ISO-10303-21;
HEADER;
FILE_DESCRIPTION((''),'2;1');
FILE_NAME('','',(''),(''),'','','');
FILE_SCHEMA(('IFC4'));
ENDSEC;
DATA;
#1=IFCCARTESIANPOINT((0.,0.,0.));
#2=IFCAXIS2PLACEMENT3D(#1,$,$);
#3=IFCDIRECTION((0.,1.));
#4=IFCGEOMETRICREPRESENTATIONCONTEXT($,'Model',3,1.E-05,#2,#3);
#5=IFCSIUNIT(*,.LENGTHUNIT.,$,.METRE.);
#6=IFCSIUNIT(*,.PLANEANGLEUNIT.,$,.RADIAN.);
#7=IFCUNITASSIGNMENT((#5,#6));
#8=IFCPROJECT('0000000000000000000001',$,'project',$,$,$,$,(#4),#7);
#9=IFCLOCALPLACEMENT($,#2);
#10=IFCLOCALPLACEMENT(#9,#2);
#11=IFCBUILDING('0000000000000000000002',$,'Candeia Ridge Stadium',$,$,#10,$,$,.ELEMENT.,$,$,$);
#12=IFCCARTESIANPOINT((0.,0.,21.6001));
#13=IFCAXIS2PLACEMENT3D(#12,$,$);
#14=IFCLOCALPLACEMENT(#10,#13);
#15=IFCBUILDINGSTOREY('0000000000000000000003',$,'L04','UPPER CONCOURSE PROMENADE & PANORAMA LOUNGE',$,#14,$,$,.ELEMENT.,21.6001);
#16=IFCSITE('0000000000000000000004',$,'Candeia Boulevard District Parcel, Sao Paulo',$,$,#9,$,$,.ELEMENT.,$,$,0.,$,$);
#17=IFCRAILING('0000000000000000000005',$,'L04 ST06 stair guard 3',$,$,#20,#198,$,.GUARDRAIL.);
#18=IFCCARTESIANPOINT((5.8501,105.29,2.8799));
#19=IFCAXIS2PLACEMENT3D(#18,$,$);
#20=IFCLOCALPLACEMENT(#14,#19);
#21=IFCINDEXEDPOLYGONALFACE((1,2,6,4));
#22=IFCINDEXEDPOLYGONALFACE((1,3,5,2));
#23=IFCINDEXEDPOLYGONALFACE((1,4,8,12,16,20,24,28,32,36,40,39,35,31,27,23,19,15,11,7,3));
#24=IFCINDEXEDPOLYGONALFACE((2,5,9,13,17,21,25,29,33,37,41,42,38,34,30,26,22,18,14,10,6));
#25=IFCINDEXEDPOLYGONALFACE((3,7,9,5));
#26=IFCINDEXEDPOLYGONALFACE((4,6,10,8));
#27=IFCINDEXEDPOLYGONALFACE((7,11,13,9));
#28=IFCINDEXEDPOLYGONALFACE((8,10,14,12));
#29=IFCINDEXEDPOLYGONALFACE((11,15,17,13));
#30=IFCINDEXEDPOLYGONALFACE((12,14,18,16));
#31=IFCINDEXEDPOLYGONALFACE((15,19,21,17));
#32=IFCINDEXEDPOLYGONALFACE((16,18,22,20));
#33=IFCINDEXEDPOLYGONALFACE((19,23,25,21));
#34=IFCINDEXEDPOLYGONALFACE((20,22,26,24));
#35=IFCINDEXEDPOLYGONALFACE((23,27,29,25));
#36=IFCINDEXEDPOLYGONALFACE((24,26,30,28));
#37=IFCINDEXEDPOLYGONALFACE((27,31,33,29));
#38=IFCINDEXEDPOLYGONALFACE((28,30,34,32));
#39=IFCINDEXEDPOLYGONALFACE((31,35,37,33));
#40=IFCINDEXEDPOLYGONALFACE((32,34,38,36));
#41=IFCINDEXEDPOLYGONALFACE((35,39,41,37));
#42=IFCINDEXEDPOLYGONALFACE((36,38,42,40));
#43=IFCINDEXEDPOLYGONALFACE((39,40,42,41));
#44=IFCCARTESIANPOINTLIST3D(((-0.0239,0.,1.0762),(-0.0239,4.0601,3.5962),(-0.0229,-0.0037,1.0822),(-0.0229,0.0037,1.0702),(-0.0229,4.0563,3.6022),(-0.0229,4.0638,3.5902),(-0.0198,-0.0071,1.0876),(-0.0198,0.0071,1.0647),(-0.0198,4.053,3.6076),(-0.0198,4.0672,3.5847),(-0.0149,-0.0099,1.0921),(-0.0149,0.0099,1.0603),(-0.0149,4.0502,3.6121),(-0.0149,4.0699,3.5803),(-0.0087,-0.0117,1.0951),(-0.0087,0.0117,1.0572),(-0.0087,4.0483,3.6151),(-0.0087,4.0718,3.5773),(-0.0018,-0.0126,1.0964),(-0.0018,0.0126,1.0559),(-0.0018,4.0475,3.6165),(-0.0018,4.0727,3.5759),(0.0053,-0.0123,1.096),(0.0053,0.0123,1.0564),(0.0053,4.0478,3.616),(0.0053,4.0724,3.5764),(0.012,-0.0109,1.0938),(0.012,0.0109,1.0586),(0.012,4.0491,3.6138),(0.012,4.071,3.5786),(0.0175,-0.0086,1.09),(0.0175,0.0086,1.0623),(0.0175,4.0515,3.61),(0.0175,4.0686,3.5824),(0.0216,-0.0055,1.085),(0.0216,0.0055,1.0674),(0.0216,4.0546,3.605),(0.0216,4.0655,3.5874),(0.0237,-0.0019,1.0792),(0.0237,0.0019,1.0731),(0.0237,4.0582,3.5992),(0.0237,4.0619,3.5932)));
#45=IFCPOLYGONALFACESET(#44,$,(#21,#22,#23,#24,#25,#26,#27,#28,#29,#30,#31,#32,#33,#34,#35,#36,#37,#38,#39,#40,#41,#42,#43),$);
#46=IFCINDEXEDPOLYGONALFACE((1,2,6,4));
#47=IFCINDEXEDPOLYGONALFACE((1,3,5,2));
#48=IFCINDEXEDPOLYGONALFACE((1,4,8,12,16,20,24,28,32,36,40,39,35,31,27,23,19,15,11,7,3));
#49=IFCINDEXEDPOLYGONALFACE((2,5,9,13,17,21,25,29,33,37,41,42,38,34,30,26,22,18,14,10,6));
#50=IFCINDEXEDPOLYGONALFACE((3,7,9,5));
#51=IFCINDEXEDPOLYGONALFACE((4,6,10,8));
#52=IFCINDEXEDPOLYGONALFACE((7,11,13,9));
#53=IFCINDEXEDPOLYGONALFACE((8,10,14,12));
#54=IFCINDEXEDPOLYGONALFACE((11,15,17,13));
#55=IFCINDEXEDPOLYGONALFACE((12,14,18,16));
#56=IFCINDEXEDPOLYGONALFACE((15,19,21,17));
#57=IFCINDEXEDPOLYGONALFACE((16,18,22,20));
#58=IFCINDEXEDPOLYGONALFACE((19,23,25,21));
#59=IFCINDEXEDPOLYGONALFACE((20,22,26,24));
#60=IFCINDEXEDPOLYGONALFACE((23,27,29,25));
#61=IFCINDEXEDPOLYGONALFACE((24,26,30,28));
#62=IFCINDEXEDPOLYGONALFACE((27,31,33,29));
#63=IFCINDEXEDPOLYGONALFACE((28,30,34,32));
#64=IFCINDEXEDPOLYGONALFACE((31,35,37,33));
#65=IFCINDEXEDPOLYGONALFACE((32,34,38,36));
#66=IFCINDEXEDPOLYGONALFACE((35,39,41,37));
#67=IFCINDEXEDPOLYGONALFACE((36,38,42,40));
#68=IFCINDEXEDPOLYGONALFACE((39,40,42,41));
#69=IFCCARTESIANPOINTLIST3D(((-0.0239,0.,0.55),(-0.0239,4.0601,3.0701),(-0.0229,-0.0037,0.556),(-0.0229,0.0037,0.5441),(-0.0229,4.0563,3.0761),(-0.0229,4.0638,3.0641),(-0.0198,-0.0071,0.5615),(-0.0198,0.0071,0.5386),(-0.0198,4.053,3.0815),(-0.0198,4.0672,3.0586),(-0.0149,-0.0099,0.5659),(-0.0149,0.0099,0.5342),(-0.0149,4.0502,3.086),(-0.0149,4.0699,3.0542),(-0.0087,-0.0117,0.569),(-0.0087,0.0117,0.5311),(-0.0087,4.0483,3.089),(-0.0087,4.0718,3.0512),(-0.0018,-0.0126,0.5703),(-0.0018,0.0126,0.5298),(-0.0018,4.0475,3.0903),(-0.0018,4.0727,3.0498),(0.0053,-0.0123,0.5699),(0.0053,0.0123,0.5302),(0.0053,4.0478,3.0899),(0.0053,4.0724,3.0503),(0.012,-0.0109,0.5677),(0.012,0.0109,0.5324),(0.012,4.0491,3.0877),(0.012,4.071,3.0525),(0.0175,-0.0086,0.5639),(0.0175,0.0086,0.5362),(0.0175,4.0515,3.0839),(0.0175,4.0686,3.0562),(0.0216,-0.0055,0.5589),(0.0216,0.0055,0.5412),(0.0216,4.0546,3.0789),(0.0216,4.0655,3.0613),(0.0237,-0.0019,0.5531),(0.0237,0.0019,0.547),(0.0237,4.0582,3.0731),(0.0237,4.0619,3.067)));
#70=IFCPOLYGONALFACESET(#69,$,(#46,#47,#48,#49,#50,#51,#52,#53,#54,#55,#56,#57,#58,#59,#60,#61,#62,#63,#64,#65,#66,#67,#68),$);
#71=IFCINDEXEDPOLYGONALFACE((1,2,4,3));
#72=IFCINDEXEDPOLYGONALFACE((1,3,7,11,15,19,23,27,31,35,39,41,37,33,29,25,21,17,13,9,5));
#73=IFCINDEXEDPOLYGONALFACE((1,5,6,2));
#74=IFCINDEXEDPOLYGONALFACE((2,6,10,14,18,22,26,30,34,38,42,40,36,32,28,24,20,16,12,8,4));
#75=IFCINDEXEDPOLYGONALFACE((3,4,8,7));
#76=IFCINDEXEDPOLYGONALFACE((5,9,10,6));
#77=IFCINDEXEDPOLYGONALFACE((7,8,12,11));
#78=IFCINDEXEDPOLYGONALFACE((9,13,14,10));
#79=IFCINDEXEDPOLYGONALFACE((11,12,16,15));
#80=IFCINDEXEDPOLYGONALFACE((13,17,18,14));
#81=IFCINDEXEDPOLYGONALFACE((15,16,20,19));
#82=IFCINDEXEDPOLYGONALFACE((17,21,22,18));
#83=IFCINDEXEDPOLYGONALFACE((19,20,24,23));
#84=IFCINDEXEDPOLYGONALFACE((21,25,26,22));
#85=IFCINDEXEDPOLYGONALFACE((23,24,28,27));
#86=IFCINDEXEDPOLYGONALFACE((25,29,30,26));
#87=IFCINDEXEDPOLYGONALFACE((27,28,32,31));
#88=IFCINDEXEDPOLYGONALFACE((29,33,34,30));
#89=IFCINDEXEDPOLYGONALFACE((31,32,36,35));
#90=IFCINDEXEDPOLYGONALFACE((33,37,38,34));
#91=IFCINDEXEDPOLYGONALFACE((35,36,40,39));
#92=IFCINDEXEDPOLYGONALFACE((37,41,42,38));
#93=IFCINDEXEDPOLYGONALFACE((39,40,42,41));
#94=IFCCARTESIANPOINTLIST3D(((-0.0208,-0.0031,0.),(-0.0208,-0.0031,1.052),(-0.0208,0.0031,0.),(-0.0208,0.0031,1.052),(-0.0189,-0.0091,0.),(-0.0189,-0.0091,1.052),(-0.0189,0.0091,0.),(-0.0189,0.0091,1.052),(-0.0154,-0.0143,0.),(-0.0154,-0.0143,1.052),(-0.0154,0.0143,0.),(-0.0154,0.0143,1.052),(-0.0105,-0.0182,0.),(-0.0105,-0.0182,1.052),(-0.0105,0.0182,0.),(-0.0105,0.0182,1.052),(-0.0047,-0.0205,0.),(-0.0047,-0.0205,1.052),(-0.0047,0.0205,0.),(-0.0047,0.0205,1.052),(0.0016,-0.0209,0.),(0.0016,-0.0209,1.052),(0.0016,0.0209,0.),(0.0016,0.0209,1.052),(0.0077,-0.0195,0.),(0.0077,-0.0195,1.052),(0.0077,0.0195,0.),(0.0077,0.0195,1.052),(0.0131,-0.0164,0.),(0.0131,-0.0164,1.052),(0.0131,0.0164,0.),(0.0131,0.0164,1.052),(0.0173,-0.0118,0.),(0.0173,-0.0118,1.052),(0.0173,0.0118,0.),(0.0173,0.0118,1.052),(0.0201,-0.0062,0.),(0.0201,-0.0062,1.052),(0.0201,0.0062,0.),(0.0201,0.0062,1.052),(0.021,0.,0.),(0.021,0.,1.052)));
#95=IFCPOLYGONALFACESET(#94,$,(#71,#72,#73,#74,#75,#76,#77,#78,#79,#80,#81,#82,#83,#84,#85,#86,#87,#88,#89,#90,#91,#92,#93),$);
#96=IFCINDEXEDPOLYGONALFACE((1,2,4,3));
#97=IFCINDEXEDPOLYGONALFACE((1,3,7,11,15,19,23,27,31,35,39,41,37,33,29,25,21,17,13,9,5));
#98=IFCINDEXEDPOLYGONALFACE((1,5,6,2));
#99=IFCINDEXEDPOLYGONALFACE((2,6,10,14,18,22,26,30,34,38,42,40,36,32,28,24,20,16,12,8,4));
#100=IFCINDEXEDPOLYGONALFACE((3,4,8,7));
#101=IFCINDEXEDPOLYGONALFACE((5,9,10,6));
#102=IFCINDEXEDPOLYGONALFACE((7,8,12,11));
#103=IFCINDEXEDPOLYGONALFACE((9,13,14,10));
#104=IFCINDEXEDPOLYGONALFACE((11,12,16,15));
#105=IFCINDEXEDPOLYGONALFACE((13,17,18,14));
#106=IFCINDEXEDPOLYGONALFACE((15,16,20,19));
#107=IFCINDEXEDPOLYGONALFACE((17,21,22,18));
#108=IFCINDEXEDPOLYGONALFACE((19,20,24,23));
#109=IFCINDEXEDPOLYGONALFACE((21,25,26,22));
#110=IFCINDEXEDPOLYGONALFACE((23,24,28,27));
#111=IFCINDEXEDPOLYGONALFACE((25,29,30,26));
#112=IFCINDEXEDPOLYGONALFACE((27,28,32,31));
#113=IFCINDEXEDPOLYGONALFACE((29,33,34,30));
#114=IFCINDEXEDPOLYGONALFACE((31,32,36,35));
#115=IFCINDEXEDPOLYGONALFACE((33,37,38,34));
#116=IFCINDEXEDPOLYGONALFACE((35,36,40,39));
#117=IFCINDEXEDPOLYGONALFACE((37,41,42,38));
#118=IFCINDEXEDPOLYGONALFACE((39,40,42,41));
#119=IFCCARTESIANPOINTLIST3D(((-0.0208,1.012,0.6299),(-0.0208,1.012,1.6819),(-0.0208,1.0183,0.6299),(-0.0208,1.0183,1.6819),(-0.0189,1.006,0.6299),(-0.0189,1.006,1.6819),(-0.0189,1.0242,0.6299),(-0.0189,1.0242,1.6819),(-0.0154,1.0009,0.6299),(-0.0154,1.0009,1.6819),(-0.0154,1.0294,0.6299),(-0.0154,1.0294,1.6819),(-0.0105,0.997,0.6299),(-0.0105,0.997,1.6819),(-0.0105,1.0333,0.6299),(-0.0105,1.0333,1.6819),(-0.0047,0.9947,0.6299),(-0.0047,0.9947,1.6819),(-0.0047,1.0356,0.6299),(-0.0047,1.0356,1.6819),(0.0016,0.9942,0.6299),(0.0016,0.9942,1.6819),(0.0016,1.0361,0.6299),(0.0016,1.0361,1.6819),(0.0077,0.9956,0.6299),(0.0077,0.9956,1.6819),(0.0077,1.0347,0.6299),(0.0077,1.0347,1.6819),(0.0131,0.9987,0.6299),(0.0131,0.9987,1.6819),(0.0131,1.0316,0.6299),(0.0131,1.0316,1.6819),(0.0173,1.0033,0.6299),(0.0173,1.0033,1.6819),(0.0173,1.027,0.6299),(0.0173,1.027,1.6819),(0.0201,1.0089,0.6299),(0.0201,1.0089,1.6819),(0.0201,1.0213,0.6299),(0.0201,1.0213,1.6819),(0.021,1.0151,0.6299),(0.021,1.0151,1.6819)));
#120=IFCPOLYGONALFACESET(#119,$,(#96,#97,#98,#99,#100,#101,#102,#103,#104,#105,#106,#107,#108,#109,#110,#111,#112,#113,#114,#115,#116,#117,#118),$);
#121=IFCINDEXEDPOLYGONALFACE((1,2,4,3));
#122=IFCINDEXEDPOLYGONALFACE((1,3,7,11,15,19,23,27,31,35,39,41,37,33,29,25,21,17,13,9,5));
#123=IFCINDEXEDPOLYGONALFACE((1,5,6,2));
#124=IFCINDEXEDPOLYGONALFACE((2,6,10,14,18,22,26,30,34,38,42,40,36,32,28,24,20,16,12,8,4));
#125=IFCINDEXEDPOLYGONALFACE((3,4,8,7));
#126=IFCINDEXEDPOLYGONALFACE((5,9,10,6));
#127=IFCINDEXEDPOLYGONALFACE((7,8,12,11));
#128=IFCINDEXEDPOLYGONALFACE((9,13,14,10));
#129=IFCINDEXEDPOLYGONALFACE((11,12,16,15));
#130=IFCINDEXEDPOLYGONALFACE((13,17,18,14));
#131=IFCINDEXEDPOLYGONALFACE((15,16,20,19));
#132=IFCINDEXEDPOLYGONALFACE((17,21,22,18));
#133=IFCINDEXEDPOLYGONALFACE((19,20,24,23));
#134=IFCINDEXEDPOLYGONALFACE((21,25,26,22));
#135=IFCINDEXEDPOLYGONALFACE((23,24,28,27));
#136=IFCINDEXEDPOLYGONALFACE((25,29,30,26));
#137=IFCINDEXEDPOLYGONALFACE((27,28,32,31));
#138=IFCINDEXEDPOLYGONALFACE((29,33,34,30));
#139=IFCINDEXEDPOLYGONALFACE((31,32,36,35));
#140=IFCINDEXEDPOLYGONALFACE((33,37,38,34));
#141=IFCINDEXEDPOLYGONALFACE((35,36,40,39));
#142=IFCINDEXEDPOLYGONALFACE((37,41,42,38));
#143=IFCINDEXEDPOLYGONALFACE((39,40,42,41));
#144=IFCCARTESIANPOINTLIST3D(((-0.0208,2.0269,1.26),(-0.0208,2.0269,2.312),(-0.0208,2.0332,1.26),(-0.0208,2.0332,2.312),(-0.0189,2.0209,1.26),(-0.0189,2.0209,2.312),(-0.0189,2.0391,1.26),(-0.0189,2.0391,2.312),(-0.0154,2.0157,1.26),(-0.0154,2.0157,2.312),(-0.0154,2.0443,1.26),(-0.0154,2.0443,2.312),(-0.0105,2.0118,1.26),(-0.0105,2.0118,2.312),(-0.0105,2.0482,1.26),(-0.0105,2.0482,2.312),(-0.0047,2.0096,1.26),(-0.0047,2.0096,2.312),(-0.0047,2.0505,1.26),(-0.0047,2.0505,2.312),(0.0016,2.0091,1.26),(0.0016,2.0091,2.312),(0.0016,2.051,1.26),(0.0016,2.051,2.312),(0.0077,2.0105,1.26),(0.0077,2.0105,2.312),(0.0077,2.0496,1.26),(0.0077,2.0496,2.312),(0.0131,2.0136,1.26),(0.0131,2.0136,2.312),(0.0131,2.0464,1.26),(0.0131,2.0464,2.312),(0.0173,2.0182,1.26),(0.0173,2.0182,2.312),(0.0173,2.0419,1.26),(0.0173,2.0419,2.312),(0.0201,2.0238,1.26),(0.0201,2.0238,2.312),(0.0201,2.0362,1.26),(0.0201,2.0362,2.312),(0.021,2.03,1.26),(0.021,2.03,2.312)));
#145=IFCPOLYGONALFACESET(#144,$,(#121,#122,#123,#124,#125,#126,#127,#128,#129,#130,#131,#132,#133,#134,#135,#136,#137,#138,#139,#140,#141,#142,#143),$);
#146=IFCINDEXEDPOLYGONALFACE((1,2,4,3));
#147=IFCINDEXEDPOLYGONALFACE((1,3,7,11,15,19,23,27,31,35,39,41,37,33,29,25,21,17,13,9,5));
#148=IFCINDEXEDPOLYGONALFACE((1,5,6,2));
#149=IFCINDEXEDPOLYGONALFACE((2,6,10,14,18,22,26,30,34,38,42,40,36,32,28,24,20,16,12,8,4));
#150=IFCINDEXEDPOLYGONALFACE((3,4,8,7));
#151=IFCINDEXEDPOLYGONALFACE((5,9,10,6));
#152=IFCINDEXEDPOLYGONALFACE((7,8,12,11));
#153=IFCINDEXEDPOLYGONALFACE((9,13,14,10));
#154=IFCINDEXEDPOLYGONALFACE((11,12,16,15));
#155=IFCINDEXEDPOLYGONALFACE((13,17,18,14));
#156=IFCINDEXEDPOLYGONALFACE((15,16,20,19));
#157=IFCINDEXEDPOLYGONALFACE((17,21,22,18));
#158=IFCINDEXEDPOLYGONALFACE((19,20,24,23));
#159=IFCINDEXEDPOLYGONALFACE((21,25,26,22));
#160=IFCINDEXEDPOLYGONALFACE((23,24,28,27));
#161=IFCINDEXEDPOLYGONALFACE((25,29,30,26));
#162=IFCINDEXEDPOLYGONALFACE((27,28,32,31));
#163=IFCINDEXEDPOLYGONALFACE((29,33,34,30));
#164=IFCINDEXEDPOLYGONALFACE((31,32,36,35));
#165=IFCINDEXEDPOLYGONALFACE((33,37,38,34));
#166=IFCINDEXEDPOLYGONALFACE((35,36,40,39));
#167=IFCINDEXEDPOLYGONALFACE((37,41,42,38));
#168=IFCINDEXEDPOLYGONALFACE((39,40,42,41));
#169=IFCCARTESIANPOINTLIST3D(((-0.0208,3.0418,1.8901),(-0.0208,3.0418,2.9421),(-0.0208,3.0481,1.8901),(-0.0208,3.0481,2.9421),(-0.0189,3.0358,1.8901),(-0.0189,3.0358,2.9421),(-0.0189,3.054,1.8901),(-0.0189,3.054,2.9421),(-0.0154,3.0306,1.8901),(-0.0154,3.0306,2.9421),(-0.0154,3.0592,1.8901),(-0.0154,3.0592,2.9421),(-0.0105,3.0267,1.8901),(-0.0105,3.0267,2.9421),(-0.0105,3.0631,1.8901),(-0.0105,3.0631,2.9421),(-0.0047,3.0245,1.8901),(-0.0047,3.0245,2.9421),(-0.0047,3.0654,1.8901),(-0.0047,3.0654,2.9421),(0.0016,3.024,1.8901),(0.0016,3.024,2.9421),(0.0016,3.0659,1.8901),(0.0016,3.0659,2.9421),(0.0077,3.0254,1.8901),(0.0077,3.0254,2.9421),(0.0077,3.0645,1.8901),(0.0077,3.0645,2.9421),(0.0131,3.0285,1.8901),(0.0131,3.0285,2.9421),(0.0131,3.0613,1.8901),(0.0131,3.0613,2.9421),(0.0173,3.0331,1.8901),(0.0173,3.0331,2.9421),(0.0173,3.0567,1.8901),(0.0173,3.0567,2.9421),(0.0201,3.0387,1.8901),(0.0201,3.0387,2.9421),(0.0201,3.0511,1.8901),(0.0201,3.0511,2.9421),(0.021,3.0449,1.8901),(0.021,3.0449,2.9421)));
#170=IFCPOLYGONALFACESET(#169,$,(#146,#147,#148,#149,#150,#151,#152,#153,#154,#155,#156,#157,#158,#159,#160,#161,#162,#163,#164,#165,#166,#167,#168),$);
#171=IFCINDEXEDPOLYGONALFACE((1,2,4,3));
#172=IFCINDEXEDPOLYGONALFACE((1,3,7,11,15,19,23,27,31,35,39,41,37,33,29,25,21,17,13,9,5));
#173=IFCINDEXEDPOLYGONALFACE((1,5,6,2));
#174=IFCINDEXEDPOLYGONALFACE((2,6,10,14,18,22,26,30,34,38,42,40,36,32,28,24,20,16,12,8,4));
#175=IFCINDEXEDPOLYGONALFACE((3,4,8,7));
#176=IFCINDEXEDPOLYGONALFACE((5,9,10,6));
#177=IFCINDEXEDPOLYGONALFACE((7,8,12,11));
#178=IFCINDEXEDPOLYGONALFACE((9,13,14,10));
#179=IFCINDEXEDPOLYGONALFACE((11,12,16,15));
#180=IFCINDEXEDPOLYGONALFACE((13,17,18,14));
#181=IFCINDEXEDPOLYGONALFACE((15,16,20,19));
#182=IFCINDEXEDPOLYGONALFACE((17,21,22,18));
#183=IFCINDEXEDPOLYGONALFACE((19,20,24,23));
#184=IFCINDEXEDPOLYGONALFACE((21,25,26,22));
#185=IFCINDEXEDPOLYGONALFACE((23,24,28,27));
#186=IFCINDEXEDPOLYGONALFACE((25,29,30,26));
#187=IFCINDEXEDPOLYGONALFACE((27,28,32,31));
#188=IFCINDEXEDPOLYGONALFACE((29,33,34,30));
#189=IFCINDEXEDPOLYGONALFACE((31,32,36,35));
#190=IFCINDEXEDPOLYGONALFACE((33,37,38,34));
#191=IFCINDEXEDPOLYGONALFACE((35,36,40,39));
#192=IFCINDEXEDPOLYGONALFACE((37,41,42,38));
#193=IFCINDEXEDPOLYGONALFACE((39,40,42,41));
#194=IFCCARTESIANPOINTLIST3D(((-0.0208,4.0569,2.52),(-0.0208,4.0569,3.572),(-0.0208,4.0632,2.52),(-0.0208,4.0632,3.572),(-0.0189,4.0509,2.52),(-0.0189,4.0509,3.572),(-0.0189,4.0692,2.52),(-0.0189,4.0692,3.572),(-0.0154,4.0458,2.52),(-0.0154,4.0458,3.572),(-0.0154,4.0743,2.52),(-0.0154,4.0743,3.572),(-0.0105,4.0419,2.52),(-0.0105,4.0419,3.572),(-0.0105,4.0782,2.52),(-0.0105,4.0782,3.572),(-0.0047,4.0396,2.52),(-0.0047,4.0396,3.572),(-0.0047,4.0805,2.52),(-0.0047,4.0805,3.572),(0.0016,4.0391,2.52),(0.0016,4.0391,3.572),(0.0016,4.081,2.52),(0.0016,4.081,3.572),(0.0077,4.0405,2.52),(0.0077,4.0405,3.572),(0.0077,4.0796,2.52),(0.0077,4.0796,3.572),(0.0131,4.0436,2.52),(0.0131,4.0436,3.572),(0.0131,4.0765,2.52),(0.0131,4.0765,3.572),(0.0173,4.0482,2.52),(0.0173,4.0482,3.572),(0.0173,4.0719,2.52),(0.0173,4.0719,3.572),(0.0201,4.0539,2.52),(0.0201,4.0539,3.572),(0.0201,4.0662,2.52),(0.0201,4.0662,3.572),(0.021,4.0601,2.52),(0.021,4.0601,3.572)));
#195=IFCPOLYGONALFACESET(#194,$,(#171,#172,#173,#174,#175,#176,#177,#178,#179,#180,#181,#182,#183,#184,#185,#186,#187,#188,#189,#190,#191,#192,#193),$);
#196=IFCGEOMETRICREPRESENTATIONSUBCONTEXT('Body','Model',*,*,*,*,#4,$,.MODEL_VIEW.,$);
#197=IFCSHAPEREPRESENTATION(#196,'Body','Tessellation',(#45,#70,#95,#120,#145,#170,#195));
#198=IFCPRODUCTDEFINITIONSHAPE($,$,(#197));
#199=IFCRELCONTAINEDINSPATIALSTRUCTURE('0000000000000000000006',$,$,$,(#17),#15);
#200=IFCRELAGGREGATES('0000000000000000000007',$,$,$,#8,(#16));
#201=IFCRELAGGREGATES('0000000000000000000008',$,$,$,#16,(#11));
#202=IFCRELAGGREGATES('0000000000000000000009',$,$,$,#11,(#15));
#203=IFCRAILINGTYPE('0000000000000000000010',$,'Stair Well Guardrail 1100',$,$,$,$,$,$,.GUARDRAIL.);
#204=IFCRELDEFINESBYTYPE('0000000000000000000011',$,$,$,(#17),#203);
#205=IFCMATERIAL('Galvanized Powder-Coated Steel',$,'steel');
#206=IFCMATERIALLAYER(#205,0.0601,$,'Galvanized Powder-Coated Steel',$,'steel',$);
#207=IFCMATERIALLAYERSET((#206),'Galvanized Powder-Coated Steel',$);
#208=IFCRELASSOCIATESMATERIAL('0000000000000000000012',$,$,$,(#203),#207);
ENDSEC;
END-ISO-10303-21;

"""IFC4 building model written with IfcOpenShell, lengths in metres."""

from ifc_helpers import new_model, si_unit, direction, frame, origin, origin_2d, place, context, subcontext, project, spatial, circle, extrude, material, layer, layer_set, type_object, element, save


model = new_model("IFC4")

# Units and contexts
model_context = context("Model", 3, precision=1e-05, world=origin(), true_north=direction((0.0, 1.0)))
body_context = subcontext(model_context, "Body", "Model", "MODEL_VIEW")
ifc_project = project(units=[si_unit("LENGTHUNIT", "METRE"), si_unit("PLANEANGLEUNIT", "RADIAN")], contexts=[model_context])

# Site, building, storey
site_placement = place(None, origin())
site = spatial("IfcSite", under=ifc_project, at=site_placement, Name="Candeia Boulevard District Parcel, Sao Paulo", CompositionType="ELEMENT", RefElevation=0.0)
building_placement = place(site_placement, origin())
building = spatial("IfcBuilding", under=site, at=building_placement, Name="Candeia Ridge Stadium", CompositionType="ELEMENT")
storey_placement = place(building_placement, frame((0.0, 0.0, 21.6001)))
storey = spatial("IfcBuildingStorey", under=building, at=storey_placement, Name="L04", Description="UPPER CONCOURSE PROMENADE & PANORAMA LOUNGE", CompositionType="ELEMENT", Elevation=21.6001)

# Railing
ifc_material_1 = material(Name="Galvanized Powder-Coated Steel", Category="steel")
ifc_layer_1 = layer(ifc_material_1, 0.0601, Name="Galvanized Powder-Coated Steel", Category="steel")
ifc_layer_set_1 = layer_set([ifc_layer_1], Name="Galvanized Powder-Coated Steel")
railing_type_1 = type_object("IfcRailingType", Name="Stair Well Guardrail 1100", PredefinedType="GUARDRAIL", material=ifc_layer_set_1)
railing_1_placement = place(storey_placement, frame((5.8501, 105.29, 2.8799)))
element("IfcRailing", 1, at=railing_1_placement, inside=storey, type_object=railing_type_1, Name="L04 ST06 stair guard 3", PredefinedType="GUARDRAIL", context=body_context, shape_type="SweptSolid", body=[
    extrude(circle(Radius=0.0239, at=origin_2d()), frame((0.0, 0.0, 1.0762), z_axis=(0.0, 0.849642, 0.52736), x_axis=(-1.0, 0.0, 0.0)), (0.0, 0.0, 1.0), 4.7786),
    extrude(circle(Radius=0.0239, at=origin_2d()), frame((0.0, 0.0, 0.55), z_axis=(0.0, 0.849642, 0.52736), x_axis=(-1.0, 0.0, 0.0)), (0.0, 0.0, 1.0), 4.7786),
    extrude(circle(Radius=0.021, at=origin_2d()), origin(), (0.0, 0.0, 1.0), 1.052),
    extrude(circle(Radius=0.021, at=origin_2d()), frame((0.0, 1.0151, 0.6299)), (0.0, 0.0, 1.0), 1.052),
    extrude(circle(Radius=0.021, at=origin_2d()), frame((0.0, 2.03, 1.26)), (0.0, 0.0, 1.0), 1.052),
    extrude(circle(Radius=0.021, at=origin_2d()), frame((0.0, 3.0449, 1.8901)), (0.0, 0.0, 1.0), 1.052),
    extrude(circle(Radius=0.021, at=origin_2d()), frame((0.0, 4.0601, 2.52)), (0.0, 0.0, 1.0), 1.052),
])

save(model, "model.ifc")
